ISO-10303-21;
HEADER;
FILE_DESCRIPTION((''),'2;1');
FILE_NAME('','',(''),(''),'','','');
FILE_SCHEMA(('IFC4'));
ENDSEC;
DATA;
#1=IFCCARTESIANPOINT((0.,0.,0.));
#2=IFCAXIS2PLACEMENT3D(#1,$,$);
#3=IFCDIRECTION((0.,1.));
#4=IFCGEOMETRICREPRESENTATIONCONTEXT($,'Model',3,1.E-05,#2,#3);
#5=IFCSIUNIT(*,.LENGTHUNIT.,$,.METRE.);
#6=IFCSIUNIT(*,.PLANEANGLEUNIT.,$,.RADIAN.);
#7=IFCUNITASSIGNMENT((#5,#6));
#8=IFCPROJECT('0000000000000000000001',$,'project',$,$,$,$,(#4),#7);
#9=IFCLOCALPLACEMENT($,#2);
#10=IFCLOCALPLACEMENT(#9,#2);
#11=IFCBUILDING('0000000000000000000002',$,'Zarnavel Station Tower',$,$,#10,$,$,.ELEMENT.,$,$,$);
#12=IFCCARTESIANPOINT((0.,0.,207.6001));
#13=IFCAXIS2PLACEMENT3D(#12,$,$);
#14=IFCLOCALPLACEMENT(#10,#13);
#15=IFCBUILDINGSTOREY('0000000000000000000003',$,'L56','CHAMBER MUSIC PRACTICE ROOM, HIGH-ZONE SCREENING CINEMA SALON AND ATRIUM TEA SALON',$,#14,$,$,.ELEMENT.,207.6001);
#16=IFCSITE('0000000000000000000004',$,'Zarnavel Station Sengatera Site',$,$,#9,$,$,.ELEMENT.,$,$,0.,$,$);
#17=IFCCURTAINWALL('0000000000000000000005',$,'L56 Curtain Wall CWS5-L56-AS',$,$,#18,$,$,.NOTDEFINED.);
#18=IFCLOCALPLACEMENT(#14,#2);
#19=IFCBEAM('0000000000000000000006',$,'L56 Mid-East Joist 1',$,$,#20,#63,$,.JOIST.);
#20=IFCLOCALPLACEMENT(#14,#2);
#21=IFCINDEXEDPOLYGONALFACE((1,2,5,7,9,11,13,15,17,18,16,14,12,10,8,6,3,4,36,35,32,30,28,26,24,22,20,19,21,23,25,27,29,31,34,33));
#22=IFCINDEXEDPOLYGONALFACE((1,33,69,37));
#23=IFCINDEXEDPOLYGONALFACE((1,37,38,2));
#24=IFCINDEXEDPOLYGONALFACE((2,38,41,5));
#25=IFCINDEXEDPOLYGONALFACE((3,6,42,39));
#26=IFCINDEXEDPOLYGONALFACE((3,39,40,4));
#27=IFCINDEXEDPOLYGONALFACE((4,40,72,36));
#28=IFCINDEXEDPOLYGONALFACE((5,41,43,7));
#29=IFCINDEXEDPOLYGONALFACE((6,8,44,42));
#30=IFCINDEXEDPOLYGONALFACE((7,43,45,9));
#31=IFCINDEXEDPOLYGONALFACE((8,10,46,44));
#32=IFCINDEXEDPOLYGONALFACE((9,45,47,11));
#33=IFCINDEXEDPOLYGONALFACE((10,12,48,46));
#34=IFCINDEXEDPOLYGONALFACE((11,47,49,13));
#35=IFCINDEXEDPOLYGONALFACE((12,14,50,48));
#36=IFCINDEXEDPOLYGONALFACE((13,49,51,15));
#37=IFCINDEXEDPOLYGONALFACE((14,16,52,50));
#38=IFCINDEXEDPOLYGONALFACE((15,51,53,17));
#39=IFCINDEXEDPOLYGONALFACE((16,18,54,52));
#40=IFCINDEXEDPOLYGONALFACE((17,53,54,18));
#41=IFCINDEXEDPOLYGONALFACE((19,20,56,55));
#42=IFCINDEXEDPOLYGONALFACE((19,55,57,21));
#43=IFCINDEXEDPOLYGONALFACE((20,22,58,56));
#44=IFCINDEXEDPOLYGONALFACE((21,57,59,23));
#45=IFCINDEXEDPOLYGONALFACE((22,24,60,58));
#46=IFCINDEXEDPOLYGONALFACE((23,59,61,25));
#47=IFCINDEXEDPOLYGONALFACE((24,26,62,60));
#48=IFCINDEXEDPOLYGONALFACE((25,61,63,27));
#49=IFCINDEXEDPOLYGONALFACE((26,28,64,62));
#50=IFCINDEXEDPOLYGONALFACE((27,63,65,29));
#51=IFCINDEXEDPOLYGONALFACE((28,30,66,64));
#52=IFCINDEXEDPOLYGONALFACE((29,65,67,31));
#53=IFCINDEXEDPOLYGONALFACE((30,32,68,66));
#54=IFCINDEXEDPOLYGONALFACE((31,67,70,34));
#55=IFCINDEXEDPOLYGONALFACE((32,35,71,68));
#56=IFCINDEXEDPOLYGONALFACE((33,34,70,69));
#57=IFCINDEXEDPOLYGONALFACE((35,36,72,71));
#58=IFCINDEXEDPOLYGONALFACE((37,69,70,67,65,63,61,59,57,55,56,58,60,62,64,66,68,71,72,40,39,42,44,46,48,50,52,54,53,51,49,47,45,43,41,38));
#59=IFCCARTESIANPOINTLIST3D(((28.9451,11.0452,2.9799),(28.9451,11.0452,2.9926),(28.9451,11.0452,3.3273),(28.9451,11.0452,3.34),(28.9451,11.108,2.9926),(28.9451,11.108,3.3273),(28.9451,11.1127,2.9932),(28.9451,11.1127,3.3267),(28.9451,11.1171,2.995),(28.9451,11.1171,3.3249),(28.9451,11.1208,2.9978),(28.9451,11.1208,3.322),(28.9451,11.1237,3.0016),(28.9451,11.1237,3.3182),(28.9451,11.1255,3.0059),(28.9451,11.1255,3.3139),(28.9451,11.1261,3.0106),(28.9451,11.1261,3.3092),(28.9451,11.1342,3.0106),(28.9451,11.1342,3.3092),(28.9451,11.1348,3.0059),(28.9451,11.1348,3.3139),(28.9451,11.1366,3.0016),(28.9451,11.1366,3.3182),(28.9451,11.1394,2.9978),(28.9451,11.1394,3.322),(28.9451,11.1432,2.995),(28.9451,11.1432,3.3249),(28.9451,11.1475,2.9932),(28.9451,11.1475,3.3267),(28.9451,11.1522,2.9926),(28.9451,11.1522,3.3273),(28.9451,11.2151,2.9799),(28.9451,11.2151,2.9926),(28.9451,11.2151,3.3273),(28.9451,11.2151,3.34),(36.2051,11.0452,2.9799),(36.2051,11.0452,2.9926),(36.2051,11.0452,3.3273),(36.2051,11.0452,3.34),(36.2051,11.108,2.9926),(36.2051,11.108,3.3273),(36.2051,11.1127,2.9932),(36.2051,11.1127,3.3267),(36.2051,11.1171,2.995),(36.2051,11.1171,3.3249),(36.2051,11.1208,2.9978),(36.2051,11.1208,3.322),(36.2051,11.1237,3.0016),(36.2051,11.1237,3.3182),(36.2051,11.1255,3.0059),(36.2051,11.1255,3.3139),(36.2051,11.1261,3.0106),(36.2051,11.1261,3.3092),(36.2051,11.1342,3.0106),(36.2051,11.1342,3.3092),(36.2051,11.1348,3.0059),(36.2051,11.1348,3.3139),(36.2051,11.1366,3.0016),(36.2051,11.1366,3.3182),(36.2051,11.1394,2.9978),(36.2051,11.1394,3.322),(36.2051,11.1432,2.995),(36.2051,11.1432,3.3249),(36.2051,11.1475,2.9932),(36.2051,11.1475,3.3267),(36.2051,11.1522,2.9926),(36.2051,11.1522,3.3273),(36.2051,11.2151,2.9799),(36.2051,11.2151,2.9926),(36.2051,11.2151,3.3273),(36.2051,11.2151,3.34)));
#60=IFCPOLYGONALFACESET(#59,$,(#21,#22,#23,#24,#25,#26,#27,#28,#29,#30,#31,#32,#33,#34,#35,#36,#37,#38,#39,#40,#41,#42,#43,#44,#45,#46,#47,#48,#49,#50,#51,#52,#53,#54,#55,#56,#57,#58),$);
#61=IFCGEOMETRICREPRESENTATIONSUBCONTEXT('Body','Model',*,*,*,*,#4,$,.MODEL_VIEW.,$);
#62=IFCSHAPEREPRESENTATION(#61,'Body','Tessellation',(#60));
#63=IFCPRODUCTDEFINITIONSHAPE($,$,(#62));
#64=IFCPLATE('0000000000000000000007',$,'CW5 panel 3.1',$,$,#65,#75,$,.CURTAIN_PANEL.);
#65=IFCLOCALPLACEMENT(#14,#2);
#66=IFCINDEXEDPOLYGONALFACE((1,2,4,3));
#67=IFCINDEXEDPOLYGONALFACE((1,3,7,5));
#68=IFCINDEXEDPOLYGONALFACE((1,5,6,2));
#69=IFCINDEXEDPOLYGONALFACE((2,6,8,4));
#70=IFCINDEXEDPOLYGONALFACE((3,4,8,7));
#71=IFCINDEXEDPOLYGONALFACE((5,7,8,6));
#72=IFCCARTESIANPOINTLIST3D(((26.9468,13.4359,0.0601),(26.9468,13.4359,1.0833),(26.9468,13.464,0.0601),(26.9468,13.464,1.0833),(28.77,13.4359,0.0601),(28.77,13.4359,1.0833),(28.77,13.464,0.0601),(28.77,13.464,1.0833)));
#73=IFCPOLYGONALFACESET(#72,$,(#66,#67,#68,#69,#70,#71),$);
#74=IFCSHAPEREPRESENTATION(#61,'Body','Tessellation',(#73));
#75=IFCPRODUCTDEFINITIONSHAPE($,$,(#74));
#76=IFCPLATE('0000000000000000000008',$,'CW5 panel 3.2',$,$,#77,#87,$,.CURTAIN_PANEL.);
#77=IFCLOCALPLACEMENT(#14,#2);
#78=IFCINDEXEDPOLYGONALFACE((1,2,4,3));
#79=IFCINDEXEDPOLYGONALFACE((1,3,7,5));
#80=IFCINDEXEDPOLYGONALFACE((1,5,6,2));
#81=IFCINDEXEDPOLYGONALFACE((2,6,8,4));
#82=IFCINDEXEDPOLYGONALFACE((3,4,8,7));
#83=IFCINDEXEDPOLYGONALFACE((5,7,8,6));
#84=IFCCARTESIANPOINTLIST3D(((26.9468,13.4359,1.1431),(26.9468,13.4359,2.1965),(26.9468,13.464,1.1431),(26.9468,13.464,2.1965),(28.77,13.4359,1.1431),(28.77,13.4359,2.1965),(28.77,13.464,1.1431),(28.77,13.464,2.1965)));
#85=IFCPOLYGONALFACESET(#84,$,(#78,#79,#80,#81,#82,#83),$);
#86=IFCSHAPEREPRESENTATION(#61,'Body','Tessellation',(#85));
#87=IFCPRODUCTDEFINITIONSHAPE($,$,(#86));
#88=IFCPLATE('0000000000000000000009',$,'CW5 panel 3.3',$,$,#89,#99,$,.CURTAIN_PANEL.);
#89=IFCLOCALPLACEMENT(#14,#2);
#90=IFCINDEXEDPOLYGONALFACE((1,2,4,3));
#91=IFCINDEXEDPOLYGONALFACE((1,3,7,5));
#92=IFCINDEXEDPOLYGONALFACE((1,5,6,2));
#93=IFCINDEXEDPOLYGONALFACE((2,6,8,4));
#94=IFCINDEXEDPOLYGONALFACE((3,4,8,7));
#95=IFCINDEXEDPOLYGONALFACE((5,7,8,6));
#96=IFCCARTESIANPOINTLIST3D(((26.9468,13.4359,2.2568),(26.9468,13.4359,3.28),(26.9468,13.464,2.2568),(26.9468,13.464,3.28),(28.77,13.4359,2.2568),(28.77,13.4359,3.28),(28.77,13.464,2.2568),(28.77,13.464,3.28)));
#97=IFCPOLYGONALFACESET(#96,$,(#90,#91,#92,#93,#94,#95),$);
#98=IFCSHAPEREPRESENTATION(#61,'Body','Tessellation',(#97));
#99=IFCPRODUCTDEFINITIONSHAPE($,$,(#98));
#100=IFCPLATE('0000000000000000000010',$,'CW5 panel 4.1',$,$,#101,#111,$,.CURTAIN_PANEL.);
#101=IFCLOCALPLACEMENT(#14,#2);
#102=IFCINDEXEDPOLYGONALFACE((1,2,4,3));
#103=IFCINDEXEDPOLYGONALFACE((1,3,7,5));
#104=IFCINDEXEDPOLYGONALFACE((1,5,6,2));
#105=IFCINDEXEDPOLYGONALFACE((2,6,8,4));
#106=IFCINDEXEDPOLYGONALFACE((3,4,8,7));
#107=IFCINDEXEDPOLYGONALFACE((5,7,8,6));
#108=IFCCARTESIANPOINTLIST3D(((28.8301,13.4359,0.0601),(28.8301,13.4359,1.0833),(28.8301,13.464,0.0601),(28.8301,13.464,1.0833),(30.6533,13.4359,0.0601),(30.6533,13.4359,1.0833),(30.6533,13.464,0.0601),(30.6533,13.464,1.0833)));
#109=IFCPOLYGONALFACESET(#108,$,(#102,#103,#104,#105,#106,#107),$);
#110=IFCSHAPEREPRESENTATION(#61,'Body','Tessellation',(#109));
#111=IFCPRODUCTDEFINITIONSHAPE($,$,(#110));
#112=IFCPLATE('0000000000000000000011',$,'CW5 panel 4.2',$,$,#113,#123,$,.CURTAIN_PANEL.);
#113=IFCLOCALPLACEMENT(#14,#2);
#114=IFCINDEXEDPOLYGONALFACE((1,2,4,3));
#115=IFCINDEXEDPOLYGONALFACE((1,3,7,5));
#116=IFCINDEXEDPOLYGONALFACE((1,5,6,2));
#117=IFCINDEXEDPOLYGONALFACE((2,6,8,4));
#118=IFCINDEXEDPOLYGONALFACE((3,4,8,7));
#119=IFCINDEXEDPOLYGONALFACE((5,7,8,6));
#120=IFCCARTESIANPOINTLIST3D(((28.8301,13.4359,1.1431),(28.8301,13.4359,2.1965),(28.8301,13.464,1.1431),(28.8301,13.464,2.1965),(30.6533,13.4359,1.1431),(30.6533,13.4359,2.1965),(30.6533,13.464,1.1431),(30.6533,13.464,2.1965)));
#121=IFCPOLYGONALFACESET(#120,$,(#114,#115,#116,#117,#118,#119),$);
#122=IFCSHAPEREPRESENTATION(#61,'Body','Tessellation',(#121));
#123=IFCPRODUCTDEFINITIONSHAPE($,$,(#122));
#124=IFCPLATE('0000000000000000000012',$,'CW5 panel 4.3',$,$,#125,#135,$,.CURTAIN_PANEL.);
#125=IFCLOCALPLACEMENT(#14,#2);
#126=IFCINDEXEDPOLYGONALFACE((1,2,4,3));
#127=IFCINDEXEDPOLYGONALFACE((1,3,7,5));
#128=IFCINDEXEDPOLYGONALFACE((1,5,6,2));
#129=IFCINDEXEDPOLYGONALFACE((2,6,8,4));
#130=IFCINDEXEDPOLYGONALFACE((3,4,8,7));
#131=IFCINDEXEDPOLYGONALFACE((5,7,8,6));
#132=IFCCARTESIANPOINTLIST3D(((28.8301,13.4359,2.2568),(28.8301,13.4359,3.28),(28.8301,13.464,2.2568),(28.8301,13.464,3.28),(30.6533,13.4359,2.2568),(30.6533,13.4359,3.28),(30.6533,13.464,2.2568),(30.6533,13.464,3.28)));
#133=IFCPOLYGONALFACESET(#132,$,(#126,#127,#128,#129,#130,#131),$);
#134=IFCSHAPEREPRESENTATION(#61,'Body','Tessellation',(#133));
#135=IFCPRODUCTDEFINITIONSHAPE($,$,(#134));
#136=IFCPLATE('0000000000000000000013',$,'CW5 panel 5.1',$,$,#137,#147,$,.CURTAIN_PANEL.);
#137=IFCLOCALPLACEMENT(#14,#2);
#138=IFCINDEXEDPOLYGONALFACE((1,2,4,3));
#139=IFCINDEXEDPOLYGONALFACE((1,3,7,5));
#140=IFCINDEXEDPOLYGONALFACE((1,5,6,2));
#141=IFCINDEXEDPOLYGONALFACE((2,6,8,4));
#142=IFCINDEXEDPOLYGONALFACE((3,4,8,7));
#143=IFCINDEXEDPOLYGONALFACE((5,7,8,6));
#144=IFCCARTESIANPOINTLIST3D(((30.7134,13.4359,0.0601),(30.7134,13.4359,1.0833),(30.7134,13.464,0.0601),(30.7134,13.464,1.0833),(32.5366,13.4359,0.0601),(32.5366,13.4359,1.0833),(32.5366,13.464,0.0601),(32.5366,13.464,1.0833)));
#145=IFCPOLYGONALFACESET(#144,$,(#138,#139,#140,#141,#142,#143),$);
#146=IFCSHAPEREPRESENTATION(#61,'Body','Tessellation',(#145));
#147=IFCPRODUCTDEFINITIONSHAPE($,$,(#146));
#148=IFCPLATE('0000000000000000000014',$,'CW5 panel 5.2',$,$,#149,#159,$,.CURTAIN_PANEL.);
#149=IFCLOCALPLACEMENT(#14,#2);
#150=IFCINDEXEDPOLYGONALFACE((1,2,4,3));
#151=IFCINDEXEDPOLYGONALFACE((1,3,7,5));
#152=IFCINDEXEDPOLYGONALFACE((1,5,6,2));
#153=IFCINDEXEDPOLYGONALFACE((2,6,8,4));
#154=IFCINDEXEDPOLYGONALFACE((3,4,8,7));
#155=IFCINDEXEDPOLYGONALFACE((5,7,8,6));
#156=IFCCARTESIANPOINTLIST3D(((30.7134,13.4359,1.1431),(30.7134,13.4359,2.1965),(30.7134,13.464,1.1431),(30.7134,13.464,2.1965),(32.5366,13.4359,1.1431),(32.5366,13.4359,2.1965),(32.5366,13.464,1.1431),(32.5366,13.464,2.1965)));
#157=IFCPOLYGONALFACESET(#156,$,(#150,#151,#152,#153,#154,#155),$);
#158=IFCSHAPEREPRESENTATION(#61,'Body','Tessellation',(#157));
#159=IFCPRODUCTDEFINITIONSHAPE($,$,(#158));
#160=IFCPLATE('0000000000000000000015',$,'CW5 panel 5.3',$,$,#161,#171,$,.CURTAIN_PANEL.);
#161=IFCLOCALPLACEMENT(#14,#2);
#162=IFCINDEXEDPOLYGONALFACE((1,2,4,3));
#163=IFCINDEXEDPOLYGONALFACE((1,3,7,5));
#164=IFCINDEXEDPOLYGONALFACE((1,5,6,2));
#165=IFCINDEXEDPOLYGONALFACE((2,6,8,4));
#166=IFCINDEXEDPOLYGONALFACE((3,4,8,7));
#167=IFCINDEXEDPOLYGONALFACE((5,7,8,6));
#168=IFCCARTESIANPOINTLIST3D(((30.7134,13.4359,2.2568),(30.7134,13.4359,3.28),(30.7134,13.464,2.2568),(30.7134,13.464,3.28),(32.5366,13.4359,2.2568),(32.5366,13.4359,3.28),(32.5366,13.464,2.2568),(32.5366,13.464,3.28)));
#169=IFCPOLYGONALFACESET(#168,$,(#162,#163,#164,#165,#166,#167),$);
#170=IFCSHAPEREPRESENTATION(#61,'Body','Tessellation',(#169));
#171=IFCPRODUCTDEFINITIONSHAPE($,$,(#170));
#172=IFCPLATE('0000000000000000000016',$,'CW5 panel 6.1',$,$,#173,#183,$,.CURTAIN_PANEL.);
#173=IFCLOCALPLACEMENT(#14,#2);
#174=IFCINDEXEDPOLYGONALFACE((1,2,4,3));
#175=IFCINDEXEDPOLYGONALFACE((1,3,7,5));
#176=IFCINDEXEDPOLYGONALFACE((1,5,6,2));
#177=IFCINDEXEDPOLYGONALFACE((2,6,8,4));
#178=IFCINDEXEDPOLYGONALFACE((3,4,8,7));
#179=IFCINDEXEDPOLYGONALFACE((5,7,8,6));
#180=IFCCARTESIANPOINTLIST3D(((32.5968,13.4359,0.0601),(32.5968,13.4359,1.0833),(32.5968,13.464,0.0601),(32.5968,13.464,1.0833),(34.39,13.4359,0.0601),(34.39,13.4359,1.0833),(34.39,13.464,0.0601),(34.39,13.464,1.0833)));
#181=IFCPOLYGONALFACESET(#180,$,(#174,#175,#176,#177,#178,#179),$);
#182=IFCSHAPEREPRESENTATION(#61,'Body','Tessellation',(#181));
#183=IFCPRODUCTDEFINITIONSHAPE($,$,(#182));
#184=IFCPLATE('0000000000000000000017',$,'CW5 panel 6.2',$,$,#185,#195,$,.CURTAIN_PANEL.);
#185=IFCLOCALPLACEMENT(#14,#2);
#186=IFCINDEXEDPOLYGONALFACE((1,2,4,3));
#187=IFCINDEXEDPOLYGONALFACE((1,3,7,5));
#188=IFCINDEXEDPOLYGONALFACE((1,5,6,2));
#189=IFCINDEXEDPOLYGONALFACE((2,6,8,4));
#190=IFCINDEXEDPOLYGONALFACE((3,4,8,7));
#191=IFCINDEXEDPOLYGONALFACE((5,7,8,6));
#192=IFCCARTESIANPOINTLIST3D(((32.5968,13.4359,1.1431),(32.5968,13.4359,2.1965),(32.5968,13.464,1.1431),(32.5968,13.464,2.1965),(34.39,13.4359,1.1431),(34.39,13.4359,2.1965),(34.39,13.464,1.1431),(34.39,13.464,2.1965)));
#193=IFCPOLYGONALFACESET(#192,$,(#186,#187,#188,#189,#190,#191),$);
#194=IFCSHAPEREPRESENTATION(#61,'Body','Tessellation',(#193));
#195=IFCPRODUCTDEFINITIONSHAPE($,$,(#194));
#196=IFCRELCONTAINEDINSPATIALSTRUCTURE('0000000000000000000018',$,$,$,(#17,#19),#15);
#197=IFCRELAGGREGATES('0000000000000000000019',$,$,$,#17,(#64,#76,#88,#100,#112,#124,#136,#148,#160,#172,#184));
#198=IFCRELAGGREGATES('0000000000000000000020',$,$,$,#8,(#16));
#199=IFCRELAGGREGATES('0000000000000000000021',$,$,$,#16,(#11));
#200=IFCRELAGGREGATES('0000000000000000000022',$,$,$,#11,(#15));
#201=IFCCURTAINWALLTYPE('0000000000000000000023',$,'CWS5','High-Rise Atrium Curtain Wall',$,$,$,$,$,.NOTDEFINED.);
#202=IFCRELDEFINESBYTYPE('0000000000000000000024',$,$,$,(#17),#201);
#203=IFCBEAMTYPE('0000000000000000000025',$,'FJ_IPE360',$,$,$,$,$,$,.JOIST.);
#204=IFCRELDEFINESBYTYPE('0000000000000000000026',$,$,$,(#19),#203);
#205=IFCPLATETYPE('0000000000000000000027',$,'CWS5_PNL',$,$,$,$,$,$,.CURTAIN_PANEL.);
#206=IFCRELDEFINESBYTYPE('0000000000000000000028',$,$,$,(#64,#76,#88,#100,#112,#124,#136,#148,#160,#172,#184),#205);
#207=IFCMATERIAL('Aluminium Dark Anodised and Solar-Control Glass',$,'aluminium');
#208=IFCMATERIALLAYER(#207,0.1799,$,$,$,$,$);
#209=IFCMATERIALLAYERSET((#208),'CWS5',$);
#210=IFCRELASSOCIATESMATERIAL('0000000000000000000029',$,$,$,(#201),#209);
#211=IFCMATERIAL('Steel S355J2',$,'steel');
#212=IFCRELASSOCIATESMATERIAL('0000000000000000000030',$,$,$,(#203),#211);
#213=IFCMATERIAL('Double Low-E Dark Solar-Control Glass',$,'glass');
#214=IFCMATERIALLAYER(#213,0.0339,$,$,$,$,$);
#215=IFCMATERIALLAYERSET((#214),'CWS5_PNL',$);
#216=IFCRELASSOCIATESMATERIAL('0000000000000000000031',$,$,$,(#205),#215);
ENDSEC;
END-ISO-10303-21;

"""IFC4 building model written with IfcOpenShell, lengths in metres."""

from ifc_helpers import new_model, si_unit, direction, frame, origin, origin_2d, place, context, subcontext, project, spatial, rectangle, i_section, extrude, material, layer, layer_set, material_profile, profile_set, type_object, element, aggregate, save


model = new_model("IFC4")

# Units and contexts
model_context = context("Model", 3, precision=1e-05, world=origin(), true_north=direction((0.0, 1.0)))
body_context = subcontext(model_context, "Body", "Model", "MODEL_VIEW")
ifc_project = project(units=[si_unit("LENGTHUNIT", "METRE"), si_unit("PLANEANGLEUNIT", "RADIAN")], contexts=[model_context])

# Site, building, storey
site_placement = place(None, origin())
site = spatial("IfcSite", under=ifc_project, at=site_placement, Name="Zarnavel Station Sengatera Site", CompositionType="ELEMENT", RefElevation=0.0)
building_placement = place(site_placement, origin())
building = spatial("IfcBuilding", under=site, at=building_placement, Name="Zarnavel Station Tower", CompositionType="ELEMENT")
storey_placement = place(building_placement, frame((0.0, 0.0, 207.6001)))
storey = spatial("IfcBuildingStorey", under=building, at=storey_placement, Name="L56", Description="CHAMBER MUSIC PRACTICE ROOM, HIGH-ZONE SCREENING CINEMA SALON AND ATRIUM TEA SALON", CompositionType="ELEMENT", Elevation=207.6001)

# Curtain wall
ifc_material_1 = material(Name="Aluminium Dark Anodised and Solar-Control Glass", Category="aluminium")
ifc_layer_1 = layer(ifc_material_1, 0.1799)
ifc_layer_set_1 = layer_set([ifc_layer_1], Name="CWS5")
curtain_wall_type = type_object("IfcCurtainWallType", Name="CWS5", Description="High-Rise Atrium Curtain Wall", PredefinedType="NOTDEFINED", material=ifc_layer_set_1)
curtain_wall_placement = place(storey_placement, origin())
curtain_wall = element("IfcCurtainWall", 1, at=curtain_wall_placement, inside=storey, type_object=curtain_wall_type, Name="L56 Curtain Wall CWS5-L56-AS", PredefinedType="NOTDEFINED")

# Beam
ifc_material_2 = material(Name="Steel S355J2", Category="steel")
ifc_material_profile_1 = material_profile(ifc_material_2, i_section(OverallWidth=0.1699, OverallDepth=0.3601, WebThickness=0.0081, FlangeThickness=0.0127, FilletRadius=0.0181, at=origin_2d()), Name="IPE360")
ifc_profile_set_1 = profile_set([ifc_material_profile_1], Name="Steel S355J2")
beam_type_1 = type_object("IfcBeamType", Name="FJ_IPE360", PredefinedType="JOIST", material=ifc_profile_set_1)
beam_1_placement = place(storey_placement, frame((28.9451, 11.1301, 3.1599), z_axis=(1.0, 0.0, 0.0), x_axis=(0.0, 1.0, 0.0)))
element("IfcBeam", 2, at=beam_1_placement, inside=storey, type_object=beam_type_1, Name="L56 Mid-East Joist 1", PredefinedType="JOIST", context=body_context, shape_type="SweptSolid", body=[
    extrude(i_section(OverallWidth=0.1699, OverallDepth=0.3601, WebThickness=0.0081, FlangeThickness=0.0127, FilletRadius=0.0181, at=origin_2d()), origin(), (0.0, 0.0, 1.0), 7.26),
])

# Plates
ifc_material_3 = material(Name="Double Low-E Dark Solar-Control Glass", Category="glass")
ifc_layer_2 = layer(ifc_material_3, 0.0339)
ifc_layer_set_2 = layer_set([ifc_layer_2], Name="CWS5_PNL")
plate_type = type_object("IfcPlateType", Name="CWS5_PNL", PredefinedType="CURTAIN_PANEL", material=ifc_layer_set_2)
plate_1_placement = place(storey_placement, frame((27.8584, 13.45, 0.0601), z_axis=(0.0, 0.0, 1.0), x_axis=(1.0, 0.0, 0.0)))
plate_1 = element("IfcPlate", 3, at=plate_1_placement, type_object=plate_type, Name="CW5 panel 3.1", PredefinedType="CURTAIN_PANEL", context=body_context, shape_type="SweptSolid", body=[
    extrude(rectangle(XDim=1.8232, YDim=0.0281, at=origin_2d()), origin(), (0.0, 0.0, 1.0), 1.0232),
])
plate_2_placement = place(storey_placement, frame((27.8584, 13.45, 1.1431), z_axis=(0.0, 0.0, 1.0), x_axis=(1.0, 0.0, 0.0)))
plate_2 = element("IfcPlate", 4, at=plate_2_placement, type_object=plate_type, Name="CW5 panel 3.2", PredefinedType="CURTAIN_PANEL", context=body_context, shape_type="SweptSolid", body=[
    extrude(rectangle(XDim=1.8232, YDim=0.0281, at=origin_2d()), origin(), (0.0, 0.0, 1.0), 1.0535),
])
plate_3_placement = place(storey_placement, frame((27.8584, 13.45, 2.2568), z_axis=(0.0, 0.0, 1.0), x_axis=(1.0, 0.0, 0.0)))
plate_3 = element("IfcPlate", 5, at=plate_3_placement, type_object=plate_type, Name="CW5 panel 3.3", PredefinedType="CURTAIN_PANEL", context=body_context, shape_type="SweptSolid", body=[
    extrude(rectangle(XDim=1.8232, YDim=0.0281, at=origin_2d()), origin(), (0.0, 0.0, 1.0), 1.0232),
])
plate_4_placement = place(storey_placement, frame((29.7417, 13.45, 0.0601), z_axis=(0.0, 0.0, 1.0), x_axis=(1.0, 0.0, 0.0)))
plate_4 = element("IfcPlate", 6, at=plate_4_placement, type_object=plate_type, Name="CW5 panel 4.1", PredefinedType="CURTAIN_PANEL", context=body_context, shape_type="SweptSolid", body=[
    extrude(rectangle(XDim=1.8232, YDim=0.0281, at=origin_2d()), origin(), (0.0, 0.0, 1.0), 1.0232),
])
plate_5_placement = place(storey_placement, frame((29.7417, 13.45, 1.1431), z_axis=(0.0, 0.0, 1.0), x_axis=(1.0, 0.0, 0.0)))
plate_5 = element("IfcPlate", 7, at=plate_5_placement, type_object=plate_type, Name="CW5 panel 4.2", PredefinedType="CURTAIN_PANEL", context=body_context, shape_type="SweptSolid", body=[
    extrude(rectangle(XDim=1.8232, YDim=0.0281, at=origin_2d()), origin(), (0.0, 0.0, 1.0), 1.0535),
])
plate_6_placement = place(storey_placement, frame((29.7417, 13.45, 2.2568), z_axis=(0.0, 0.0, 1.0), x_axis=(1.0, 0.0, 0.0)))
plate_6 = element("IfcPlate", 8, at=plate_6_placement, type_object=plate_type, Name="CW5 panel 4.3", PredefinedType="CURTAIN_PANEL", context=body_context, shape_type="SweptSolid", body=[
    extrude(rectangle(XDim=1.8232, YDim=0.0281, at=origin_2d()), origin(), (0.0, 0.0, 1.0), 1.0232),
])
plate_7_placement = place(storey_placement, frame((31.625, 13.45, 0.0601), z_axis=(0.0, 0.0, 1.0), x_axis=(1.0, 0.0, 0.0)))
plate_7 = element("IfcPlate", 9, at=plate_7_placement, type_object=plate_type, Name="CW5 panel 5.1", PredefinedType="CURTAIN_PANEL", context=body_context, shape_type="SweptSolid", body=[
    extrude(rectangle(XDim=1.8232, YDim=0.0281, at=origin_2d()), origin(), (0.0, 0.0, 1.0), 1.0232),
])
plate_8_placement = place(storey_placement, frame((31.625, 13.45, 1.1431), z_axis=(0.0, 0.0, 1.0), x_axis=(1.0, 0.0, 0.0)))
plate_8 = element("IfcPlate", 10, at=plate_8_placement, type_object=plate_type, Name="CW5 panel 5.2", PredefinedType="CURTAIN_PANEL", context=body_context, shape_type="SweptSolid", body=[
    extrude(rectangle(XDim=1.8232, YDim=0.0281, at=origin_2d()), origin(), (0.0, 0.0, 1.0), 1.0535),
])
plate_9_placement = place(storey_placement, frame((31.625, 13.45, 2.2568), z_axis=(0.0, 0.0, 1.0), x_axis=(1.0, 0.0, 0.0)))
plate_9 = element("IfcPlate", 11, at=plate_9_placement, type_object=plate_type, Name="CW5 panel 5.3", PredefinedType="CURTAIN_PANEL", context=body_context, shape_type="SweptSolid", body=[
    extrude(rectangle(XDim=1.8232, YDim=0.0281, at=origin_2d()), origin(), (0.0, 0.0, 1.0), 1.0232),
])
plate_10_placement = place(storey_placement, frame((33.4934, 13.45, 0.0601), z_axis=(0.0, 0.0, 1.0), x_axis=(1.0, 0.0, 0.0)))
plate_10 = element("IfcPlate", 12, at=plate_10_placement, type_object=plate_type, Name="CW5 panel 6.1", PredefinedType="CURTAIN_PANEL", context=body_context, shape_type="SweptSolid", body=[
    extrude(rectangle(XDim=1.7932, YDim=0.0281, at=origin_2d()), origin(), (0.0, 0.0, 1.0), 1.0232),
])
plate_11_placement = place(storey_placement, frame((33.4934, 13.45, 1.1431), z_axis=(0.0, 0.0, 1.0), x_axis=(1.0, 0.0, 0.0)))
plate_11 = element("IfcPlate", 13, at=plate_11_placement, type_object=plate_type, Name="CW5 panel 6.2", PredefinedType="CURTAIN_PANEL", context=body_context, shape_type="SweptSolid", body=[
    extrude(rectangle(XDim=1.7932, YDim=0.0281, at=origin_2d()), origin(), (0.0, 0.0, 1.0), 1.0535),
])
aggregate(curtain_wall, [plate_1, plate_2, plate_3, plate_4, plate_5, plate_6, plate_7, plate_8, plate_9, plate_10, plate_11])

save(model, "model.ifc")
